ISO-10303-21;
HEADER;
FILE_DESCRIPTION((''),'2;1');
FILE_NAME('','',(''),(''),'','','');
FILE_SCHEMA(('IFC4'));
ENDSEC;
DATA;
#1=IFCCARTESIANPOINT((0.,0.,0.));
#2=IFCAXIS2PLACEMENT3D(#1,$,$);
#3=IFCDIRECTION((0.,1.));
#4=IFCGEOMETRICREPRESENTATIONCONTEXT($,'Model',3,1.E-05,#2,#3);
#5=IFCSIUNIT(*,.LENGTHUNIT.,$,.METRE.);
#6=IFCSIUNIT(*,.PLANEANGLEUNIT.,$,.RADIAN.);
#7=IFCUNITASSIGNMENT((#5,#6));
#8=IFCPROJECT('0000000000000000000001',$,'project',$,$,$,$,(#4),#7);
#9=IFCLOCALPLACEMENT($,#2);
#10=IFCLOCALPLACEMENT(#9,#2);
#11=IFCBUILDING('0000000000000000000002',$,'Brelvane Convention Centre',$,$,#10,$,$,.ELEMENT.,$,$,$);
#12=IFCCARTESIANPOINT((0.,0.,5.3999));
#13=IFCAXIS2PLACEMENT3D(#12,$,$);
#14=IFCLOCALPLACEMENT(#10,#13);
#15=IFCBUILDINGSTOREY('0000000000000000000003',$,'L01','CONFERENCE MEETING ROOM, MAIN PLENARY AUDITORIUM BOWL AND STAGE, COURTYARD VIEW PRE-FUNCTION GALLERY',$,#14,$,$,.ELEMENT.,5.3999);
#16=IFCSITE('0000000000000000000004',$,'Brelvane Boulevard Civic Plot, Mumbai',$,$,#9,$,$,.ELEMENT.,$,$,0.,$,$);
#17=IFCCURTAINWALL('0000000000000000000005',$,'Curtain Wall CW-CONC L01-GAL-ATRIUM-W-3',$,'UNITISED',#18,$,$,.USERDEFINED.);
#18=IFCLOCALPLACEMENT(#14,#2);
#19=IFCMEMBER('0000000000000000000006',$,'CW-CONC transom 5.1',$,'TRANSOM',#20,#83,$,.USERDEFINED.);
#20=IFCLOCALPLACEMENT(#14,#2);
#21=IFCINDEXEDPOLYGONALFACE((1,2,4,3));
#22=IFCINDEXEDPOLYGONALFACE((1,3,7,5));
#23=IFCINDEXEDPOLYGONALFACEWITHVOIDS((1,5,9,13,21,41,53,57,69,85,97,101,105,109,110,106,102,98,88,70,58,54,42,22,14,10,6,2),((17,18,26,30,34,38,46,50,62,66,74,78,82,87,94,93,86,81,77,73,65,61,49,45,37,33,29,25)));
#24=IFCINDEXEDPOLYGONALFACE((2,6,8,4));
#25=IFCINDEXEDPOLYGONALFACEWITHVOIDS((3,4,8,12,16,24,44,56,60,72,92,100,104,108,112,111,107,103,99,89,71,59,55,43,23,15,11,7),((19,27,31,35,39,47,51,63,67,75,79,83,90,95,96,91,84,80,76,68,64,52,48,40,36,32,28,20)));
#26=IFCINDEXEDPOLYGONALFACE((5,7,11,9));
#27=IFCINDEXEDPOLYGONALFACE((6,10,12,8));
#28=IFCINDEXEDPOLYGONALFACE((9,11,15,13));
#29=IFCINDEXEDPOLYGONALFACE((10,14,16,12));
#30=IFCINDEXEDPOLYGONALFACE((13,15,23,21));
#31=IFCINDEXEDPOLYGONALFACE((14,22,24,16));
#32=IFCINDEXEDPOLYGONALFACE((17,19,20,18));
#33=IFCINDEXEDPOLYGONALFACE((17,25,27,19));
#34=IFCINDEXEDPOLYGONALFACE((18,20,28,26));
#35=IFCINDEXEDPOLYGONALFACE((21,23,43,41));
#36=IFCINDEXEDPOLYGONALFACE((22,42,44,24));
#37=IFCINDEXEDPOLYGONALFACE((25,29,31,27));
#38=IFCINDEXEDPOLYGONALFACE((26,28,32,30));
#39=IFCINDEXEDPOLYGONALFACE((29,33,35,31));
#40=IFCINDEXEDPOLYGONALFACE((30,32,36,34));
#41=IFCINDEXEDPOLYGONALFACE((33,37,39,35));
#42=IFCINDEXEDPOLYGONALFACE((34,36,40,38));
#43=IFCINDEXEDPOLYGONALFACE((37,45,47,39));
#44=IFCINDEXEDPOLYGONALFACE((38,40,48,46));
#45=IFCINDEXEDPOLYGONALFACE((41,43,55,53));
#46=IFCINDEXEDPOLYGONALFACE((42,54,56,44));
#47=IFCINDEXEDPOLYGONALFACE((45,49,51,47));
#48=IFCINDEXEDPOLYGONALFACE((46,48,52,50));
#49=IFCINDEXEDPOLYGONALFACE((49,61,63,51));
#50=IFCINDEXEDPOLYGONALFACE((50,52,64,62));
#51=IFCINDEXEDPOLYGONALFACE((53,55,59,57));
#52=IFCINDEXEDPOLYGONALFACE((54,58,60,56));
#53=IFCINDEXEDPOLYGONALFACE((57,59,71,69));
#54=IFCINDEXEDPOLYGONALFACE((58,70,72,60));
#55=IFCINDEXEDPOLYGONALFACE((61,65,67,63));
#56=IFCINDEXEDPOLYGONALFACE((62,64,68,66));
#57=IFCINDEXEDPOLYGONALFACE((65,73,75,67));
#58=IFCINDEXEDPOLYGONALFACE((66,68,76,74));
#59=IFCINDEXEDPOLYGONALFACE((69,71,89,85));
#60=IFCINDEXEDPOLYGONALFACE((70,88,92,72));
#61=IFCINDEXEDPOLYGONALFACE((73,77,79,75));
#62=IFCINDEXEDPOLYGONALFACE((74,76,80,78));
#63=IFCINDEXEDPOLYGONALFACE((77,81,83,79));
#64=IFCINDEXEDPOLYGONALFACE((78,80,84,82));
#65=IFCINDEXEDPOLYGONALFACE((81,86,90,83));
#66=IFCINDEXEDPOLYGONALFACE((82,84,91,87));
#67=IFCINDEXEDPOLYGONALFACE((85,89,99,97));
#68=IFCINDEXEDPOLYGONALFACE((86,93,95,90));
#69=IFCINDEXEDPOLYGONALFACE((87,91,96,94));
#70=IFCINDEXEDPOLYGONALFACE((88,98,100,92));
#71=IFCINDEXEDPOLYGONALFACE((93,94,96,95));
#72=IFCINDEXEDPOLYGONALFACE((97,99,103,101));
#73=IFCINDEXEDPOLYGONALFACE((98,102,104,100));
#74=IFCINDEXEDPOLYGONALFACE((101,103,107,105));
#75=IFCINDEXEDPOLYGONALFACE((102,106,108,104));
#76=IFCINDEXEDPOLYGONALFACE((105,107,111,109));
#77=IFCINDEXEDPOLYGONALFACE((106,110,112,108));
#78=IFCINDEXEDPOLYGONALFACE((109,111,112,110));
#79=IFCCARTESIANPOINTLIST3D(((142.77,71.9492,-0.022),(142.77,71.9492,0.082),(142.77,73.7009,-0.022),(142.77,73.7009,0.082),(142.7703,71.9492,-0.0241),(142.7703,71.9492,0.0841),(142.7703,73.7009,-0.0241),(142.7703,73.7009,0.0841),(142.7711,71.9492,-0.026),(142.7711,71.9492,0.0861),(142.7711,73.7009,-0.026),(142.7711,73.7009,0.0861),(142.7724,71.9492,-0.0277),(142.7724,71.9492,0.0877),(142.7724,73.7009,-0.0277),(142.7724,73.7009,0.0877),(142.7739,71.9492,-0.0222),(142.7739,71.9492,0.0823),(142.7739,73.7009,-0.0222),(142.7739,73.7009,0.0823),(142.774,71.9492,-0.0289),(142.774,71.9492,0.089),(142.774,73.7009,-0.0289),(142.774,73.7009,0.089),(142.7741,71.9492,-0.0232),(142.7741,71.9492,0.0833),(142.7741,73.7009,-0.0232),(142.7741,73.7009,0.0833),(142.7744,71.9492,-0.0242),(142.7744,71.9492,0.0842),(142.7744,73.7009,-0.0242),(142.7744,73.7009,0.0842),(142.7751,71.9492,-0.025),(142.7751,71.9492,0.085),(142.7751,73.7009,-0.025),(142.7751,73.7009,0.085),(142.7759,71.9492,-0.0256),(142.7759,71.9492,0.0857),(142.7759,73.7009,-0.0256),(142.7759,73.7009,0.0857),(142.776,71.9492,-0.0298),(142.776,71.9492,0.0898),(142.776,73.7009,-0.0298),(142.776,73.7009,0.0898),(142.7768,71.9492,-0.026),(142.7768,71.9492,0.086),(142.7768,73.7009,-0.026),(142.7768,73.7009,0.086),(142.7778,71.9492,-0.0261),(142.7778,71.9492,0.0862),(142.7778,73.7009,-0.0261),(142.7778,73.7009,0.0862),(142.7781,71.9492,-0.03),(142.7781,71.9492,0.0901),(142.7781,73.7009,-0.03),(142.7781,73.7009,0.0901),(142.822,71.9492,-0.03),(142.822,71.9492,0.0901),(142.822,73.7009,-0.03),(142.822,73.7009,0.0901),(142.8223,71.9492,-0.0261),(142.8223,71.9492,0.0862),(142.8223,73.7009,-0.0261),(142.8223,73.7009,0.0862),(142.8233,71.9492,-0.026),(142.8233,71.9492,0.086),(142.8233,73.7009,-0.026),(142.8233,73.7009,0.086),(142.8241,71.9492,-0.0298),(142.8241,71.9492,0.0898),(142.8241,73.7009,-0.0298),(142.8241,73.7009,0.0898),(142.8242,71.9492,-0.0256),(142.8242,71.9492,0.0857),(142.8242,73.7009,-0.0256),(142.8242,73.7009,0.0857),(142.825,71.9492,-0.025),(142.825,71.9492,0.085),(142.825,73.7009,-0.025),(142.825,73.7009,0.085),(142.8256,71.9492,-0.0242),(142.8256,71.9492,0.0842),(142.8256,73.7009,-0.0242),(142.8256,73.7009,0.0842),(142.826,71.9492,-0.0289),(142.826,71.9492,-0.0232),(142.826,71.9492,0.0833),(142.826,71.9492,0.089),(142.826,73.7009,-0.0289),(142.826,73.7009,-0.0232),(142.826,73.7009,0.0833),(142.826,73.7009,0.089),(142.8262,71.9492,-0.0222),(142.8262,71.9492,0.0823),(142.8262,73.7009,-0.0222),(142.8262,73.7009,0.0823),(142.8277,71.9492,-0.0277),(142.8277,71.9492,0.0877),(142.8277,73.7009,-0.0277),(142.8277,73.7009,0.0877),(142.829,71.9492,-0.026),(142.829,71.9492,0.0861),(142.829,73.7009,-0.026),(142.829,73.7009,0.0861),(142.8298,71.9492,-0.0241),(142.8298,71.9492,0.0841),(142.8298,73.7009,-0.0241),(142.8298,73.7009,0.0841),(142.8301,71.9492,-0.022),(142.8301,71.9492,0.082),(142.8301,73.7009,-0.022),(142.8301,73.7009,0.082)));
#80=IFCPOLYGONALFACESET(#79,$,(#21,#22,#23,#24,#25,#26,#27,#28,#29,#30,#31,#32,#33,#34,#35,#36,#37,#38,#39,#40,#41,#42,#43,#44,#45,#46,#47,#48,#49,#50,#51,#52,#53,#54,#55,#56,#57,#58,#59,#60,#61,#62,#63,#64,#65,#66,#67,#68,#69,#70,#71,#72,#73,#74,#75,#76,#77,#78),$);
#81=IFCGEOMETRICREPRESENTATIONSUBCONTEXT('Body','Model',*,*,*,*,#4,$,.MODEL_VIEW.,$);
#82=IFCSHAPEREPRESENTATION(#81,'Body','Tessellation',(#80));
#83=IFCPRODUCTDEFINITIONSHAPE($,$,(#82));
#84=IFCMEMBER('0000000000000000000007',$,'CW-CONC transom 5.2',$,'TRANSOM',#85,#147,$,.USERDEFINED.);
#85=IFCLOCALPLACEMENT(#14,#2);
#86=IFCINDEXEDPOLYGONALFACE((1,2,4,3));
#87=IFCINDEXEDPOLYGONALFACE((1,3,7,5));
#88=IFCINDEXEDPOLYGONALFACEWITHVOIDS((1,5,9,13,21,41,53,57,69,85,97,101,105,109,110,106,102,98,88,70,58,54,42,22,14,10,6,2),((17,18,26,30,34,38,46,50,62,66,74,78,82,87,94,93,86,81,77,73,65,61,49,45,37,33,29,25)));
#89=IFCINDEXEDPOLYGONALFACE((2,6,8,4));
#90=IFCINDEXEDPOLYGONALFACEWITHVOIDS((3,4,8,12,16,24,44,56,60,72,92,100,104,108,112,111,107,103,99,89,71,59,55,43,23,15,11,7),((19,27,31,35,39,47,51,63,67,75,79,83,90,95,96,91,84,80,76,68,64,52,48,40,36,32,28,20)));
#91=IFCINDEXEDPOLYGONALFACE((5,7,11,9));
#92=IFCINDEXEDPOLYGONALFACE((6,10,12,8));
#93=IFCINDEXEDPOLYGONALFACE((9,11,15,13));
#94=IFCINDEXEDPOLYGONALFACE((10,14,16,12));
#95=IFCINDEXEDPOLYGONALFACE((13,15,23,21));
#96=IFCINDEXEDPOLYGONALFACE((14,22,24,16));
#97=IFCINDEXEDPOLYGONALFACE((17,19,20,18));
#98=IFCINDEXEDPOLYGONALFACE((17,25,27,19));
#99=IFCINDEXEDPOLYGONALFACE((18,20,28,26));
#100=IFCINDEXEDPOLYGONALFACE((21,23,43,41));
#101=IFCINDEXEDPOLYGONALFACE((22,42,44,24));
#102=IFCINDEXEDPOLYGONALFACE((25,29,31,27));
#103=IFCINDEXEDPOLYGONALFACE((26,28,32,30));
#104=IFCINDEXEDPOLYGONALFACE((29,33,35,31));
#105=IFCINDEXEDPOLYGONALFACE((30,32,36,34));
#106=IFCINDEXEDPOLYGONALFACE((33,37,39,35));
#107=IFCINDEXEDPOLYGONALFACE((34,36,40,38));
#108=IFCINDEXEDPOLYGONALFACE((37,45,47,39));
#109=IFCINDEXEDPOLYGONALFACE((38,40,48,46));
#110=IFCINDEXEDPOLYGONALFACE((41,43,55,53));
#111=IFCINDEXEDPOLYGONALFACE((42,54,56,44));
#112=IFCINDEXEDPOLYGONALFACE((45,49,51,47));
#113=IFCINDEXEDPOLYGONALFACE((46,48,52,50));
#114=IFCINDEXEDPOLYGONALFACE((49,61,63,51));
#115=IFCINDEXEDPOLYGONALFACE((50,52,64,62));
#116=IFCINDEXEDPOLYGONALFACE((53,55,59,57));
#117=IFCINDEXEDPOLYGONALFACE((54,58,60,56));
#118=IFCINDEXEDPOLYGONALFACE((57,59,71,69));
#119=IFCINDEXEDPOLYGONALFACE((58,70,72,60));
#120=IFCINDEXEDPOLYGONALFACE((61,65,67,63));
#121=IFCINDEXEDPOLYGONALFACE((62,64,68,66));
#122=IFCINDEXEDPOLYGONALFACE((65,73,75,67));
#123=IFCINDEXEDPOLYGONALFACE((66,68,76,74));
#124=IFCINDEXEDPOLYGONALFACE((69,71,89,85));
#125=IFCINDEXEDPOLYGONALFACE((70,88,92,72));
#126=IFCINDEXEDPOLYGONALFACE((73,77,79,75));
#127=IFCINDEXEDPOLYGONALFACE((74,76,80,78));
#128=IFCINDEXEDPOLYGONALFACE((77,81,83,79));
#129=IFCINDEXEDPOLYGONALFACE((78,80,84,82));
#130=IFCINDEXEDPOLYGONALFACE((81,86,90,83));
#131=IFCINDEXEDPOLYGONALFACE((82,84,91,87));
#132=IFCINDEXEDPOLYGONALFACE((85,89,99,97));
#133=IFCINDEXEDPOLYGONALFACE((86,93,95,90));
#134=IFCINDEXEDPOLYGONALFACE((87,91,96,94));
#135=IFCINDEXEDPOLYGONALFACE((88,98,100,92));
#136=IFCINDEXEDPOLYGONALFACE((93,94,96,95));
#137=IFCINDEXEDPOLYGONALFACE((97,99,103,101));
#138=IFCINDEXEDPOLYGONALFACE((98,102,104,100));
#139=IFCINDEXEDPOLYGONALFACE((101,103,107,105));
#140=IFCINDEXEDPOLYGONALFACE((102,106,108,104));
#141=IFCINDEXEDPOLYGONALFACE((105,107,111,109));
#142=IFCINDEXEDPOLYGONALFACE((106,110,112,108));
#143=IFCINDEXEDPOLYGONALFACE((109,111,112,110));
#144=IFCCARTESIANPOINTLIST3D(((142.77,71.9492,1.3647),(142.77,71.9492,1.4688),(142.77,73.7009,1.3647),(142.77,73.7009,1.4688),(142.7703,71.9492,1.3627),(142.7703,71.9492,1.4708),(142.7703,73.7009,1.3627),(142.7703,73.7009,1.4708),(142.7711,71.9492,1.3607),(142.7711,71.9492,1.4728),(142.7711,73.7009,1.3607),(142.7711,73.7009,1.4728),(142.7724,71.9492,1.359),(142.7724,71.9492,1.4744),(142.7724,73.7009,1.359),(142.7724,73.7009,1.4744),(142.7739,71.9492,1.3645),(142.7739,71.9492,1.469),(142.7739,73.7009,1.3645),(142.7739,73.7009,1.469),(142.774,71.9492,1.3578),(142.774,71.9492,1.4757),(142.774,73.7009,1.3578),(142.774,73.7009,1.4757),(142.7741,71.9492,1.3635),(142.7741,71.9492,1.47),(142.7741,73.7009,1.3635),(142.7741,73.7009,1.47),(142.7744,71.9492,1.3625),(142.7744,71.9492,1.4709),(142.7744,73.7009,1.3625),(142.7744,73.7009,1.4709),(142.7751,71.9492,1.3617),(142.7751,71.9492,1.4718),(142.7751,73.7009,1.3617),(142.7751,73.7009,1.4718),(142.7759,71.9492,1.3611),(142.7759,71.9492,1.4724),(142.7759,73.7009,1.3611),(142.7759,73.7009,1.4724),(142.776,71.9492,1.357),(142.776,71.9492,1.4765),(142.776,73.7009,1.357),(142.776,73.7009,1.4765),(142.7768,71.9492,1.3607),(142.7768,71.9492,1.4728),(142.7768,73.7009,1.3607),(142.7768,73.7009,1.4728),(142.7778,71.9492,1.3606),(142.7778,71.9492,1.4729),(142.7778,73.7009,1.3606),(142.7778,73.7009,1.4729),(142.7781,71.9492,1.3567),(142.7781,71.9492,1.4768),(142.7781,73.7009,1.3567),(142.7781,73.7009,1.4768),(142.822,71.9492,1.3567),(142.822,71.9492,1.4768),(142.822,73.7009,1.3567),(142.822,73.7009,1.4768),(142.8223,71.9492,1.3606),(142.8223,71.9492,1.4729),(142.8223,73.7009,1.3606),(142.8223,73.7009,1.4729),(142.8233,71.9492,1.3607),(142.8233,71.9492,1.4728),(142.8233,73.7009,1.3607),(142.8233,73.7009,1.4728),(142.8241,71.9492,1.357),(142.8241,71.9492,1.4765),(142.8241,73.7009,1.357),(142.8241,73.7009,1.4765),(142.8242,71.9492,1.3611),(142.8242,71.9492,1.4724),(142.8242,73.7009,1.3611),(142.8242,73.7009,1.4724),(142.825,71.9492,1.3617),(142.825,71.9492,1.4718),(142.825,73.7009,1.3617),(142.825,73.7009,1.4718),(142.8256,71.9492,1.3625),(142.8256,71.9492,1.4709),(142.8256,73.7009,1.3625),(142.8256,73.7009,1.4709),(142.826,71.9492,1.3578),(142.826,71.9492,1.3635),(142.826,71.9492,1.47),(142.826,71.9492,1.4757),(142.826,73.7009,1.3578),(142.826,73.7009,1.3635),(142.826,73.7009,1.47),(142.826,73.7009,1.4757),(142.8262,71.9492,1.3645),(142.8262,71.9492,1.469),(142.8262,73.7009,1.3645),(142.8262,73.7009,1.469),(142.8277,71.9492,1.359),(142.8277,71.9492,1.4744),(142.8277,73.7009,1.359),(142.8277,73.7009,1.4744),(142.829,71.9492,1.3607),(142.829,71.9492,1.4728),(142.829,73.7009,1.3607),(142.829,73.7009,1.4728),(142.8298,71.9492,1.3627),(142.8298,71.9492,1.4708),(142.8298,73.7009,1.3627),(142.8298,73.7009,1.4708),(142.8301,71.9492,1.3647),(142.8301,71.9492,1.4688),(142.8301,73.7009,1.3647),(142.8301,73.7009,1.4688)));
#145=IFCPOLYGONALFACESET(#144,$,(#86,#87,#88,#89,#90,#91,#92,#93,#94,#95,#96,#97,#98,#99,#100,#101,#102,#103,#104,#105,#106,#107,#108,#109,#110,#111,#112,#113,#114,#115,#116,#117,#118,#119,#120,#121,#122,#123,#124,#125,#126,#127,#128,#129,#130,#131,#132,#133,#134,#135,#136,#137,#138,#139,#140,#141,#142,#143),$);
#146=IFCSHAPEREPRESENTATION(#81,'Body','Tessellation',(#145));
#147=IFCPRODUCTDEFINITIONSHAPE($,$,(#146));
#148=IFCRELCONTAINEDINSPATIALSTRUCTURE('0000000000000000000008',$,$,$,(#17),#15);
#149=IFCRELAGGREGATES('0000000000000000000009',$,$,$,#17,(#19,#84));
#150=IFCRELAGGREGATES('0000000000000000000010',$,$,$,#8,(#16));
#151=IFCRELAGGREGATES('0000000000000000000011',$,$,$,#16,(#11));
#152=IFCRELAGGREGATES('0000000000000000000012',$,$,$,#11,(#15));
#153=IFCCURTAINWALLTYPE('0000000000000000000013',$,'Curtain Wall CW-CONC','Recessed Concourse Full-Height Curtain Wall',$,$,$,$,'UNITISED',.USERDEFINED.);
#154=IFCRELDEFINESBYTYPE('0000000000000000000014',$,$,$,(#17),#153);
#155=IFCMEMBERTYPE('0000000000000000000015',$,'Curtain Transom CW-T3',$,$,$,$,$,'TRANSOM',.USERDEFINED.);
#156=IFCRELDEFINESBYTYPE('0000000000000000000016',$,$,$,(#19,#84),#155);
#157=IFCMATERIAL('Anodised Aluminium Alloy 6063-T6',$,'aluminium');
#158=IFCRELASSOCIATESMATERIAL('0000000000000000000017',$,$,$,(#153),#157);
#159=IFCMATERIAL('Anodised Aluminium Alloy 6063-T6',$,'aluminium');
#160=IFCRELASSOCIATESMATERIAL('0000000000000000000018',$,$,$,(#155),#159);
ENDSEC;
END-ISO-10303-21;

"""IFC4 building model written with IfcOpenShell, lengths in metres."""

from ifc_helpers import new_model, si_unit, direction, frame, origin, origin_2d, place, context, subcontext, project, spatial, hollow_rectangle, extrude, material, material_profile, profile_set, type_object, element, aggregate, save


model = new_model("IFC4")

# Units and contexts
model_context = context("Model", 3, precision=1e-05, world=origin(), true_north=direction((0.0, 1.0)))
body_context = subcontext(model_context, "Body", "Model", "MODEL_VIEW")
ifc_project = project(units=[si_unit("LENGTHUNIT", "METRE"), si_unit("PLANEANGLEUNIT", "RADIAN")], contexts=[model_context])

# Site, building, storey
site_placement = place(None, origin())
site = spatial("IfcSite", under=ifc_project, at=site_placement, Name="Brelvane Boulevard Civic Plot, Mumbai", CompositionType="ELEMENT", RefElevation=0.0)
building_placement = place(site_placement, origin())
building = spatial("IfcBuilding", under=site, at=building_placement, Name="Brelvane Convention Centre", CompositionType="ELEMENT")
storey_placement = place(building_placement, frame((0.0, 0.0, 5.3999)))
storey = spatial("IfcBuildingStorey", under=building, at=storey_placement, Name="L01", Description="CONFERENCE MEETING ROOM, MAIN PLENARY AUDITORIUM BOWL AND STAGE, COURTYARD VIEW PRE-FUNCTION GALLERY", CompositionType="ELEMENT", Elevation=5.3999)

# Curtain wall, members
ifc_material_1 = material(Name="Anodised Aluminium Alloy 6063-T6", Category="aluminium")
curtain_wall_type = type_object("IfcCurtainWallType", Name="Curtain Wall CW-CONC", Description="Recessed Concourse Full-Height Curtain Wall", ElementType="UNITISED", PredefinedType="USERDEFINED", material=ifc_material_1)
curtain_wall_placement = place(storey_placement, origin())
curtain_wall = element("IfcCurtainWall", 1, at=curtain_wall_placement, inside=storey, type_object=curtain_wall_type, Name="Curtain Wall CW-CONC L01-GAL-ATRIUM-W-3", ObjectType="UNITISED", PredefinedType="USERDEFINED")
ifc_material_2 = material(Name="Anodised Aluminium Alloy 6063-T6", Category="aluminium")
ifc_material_profile_1 = material_profile(ifc_material_2, hollow_rectangle(XDim=0.0601, YDim=0.1201, WallThickness=0.0039, InnerFilletRadius=0.0039, OuterFilletRadius=0.0081, at=origin_2d()), Name="ALU-T 120x60x4.0")
ifc_profile_set_1 = profile_set([ifc_material_profile_1], Name="Anodised Aluminium Alloy 6063-T6")
member_type_1 = type_object("IfcMemberType", Name="Curtain Transom CW-T3", ElementType="TRANSOM", PredefinedType="USERDEFINED", material=ifc_profile_set_1)
member_1_placement = place(storey_placement, frame((142.8, 71.9492, 0.03), z_axis=(0.0, 1.0, 0.0), x_axis=(-1.0, 0.0, 0.0)))
member_1 = element("IfcMember", 2, at=member_1_placement, type_object=member_type_1, Name="CW-CONC transom 5.1", ObjectType="TRANSOM", PredefinedType="USERDEFINED", context=body_context, shape_type="SweptSolid", body=[
    extrude(hollow_rectangle(XDim=0.0601, YDim=0.1201, WallThickness=0.0039, InnerFilletRadius=0.0039, OuterFilletRadius=0.0081, at=origin_2d()), origin(), (0.0, 0.0, 1.0), 1.7517),
])
member_2_placement = place(storey_placement, frame((142.8, 71.9492, 1.4167), z_axis=(0.0, 1.0, 0.0), x_axis=(-1.0, 0.0, 0.0)))
member_2 = element("IfcMember", 3, at=member_2_placement, type_object=member_type_1, Name="CW-CONC transom 5.2", ObjectType="TRANSOM", PredefinedType="USERDEFINED", context=body_context, shape_type="SweptSolid", body=[
    extrude(hollow_rectangle(XDim=0.0601, YDim=0.1201, WallThickness=0.0039, InnerFilletRadius=0.0039, OuterFilletRadius=0.0081, at=origin_2d()), origin(), (0.0, 0.0, 1.0), 1.7517),
])

aggregate(curtain_wall, [member_1, member_2])

save(model, "model.ifc")
